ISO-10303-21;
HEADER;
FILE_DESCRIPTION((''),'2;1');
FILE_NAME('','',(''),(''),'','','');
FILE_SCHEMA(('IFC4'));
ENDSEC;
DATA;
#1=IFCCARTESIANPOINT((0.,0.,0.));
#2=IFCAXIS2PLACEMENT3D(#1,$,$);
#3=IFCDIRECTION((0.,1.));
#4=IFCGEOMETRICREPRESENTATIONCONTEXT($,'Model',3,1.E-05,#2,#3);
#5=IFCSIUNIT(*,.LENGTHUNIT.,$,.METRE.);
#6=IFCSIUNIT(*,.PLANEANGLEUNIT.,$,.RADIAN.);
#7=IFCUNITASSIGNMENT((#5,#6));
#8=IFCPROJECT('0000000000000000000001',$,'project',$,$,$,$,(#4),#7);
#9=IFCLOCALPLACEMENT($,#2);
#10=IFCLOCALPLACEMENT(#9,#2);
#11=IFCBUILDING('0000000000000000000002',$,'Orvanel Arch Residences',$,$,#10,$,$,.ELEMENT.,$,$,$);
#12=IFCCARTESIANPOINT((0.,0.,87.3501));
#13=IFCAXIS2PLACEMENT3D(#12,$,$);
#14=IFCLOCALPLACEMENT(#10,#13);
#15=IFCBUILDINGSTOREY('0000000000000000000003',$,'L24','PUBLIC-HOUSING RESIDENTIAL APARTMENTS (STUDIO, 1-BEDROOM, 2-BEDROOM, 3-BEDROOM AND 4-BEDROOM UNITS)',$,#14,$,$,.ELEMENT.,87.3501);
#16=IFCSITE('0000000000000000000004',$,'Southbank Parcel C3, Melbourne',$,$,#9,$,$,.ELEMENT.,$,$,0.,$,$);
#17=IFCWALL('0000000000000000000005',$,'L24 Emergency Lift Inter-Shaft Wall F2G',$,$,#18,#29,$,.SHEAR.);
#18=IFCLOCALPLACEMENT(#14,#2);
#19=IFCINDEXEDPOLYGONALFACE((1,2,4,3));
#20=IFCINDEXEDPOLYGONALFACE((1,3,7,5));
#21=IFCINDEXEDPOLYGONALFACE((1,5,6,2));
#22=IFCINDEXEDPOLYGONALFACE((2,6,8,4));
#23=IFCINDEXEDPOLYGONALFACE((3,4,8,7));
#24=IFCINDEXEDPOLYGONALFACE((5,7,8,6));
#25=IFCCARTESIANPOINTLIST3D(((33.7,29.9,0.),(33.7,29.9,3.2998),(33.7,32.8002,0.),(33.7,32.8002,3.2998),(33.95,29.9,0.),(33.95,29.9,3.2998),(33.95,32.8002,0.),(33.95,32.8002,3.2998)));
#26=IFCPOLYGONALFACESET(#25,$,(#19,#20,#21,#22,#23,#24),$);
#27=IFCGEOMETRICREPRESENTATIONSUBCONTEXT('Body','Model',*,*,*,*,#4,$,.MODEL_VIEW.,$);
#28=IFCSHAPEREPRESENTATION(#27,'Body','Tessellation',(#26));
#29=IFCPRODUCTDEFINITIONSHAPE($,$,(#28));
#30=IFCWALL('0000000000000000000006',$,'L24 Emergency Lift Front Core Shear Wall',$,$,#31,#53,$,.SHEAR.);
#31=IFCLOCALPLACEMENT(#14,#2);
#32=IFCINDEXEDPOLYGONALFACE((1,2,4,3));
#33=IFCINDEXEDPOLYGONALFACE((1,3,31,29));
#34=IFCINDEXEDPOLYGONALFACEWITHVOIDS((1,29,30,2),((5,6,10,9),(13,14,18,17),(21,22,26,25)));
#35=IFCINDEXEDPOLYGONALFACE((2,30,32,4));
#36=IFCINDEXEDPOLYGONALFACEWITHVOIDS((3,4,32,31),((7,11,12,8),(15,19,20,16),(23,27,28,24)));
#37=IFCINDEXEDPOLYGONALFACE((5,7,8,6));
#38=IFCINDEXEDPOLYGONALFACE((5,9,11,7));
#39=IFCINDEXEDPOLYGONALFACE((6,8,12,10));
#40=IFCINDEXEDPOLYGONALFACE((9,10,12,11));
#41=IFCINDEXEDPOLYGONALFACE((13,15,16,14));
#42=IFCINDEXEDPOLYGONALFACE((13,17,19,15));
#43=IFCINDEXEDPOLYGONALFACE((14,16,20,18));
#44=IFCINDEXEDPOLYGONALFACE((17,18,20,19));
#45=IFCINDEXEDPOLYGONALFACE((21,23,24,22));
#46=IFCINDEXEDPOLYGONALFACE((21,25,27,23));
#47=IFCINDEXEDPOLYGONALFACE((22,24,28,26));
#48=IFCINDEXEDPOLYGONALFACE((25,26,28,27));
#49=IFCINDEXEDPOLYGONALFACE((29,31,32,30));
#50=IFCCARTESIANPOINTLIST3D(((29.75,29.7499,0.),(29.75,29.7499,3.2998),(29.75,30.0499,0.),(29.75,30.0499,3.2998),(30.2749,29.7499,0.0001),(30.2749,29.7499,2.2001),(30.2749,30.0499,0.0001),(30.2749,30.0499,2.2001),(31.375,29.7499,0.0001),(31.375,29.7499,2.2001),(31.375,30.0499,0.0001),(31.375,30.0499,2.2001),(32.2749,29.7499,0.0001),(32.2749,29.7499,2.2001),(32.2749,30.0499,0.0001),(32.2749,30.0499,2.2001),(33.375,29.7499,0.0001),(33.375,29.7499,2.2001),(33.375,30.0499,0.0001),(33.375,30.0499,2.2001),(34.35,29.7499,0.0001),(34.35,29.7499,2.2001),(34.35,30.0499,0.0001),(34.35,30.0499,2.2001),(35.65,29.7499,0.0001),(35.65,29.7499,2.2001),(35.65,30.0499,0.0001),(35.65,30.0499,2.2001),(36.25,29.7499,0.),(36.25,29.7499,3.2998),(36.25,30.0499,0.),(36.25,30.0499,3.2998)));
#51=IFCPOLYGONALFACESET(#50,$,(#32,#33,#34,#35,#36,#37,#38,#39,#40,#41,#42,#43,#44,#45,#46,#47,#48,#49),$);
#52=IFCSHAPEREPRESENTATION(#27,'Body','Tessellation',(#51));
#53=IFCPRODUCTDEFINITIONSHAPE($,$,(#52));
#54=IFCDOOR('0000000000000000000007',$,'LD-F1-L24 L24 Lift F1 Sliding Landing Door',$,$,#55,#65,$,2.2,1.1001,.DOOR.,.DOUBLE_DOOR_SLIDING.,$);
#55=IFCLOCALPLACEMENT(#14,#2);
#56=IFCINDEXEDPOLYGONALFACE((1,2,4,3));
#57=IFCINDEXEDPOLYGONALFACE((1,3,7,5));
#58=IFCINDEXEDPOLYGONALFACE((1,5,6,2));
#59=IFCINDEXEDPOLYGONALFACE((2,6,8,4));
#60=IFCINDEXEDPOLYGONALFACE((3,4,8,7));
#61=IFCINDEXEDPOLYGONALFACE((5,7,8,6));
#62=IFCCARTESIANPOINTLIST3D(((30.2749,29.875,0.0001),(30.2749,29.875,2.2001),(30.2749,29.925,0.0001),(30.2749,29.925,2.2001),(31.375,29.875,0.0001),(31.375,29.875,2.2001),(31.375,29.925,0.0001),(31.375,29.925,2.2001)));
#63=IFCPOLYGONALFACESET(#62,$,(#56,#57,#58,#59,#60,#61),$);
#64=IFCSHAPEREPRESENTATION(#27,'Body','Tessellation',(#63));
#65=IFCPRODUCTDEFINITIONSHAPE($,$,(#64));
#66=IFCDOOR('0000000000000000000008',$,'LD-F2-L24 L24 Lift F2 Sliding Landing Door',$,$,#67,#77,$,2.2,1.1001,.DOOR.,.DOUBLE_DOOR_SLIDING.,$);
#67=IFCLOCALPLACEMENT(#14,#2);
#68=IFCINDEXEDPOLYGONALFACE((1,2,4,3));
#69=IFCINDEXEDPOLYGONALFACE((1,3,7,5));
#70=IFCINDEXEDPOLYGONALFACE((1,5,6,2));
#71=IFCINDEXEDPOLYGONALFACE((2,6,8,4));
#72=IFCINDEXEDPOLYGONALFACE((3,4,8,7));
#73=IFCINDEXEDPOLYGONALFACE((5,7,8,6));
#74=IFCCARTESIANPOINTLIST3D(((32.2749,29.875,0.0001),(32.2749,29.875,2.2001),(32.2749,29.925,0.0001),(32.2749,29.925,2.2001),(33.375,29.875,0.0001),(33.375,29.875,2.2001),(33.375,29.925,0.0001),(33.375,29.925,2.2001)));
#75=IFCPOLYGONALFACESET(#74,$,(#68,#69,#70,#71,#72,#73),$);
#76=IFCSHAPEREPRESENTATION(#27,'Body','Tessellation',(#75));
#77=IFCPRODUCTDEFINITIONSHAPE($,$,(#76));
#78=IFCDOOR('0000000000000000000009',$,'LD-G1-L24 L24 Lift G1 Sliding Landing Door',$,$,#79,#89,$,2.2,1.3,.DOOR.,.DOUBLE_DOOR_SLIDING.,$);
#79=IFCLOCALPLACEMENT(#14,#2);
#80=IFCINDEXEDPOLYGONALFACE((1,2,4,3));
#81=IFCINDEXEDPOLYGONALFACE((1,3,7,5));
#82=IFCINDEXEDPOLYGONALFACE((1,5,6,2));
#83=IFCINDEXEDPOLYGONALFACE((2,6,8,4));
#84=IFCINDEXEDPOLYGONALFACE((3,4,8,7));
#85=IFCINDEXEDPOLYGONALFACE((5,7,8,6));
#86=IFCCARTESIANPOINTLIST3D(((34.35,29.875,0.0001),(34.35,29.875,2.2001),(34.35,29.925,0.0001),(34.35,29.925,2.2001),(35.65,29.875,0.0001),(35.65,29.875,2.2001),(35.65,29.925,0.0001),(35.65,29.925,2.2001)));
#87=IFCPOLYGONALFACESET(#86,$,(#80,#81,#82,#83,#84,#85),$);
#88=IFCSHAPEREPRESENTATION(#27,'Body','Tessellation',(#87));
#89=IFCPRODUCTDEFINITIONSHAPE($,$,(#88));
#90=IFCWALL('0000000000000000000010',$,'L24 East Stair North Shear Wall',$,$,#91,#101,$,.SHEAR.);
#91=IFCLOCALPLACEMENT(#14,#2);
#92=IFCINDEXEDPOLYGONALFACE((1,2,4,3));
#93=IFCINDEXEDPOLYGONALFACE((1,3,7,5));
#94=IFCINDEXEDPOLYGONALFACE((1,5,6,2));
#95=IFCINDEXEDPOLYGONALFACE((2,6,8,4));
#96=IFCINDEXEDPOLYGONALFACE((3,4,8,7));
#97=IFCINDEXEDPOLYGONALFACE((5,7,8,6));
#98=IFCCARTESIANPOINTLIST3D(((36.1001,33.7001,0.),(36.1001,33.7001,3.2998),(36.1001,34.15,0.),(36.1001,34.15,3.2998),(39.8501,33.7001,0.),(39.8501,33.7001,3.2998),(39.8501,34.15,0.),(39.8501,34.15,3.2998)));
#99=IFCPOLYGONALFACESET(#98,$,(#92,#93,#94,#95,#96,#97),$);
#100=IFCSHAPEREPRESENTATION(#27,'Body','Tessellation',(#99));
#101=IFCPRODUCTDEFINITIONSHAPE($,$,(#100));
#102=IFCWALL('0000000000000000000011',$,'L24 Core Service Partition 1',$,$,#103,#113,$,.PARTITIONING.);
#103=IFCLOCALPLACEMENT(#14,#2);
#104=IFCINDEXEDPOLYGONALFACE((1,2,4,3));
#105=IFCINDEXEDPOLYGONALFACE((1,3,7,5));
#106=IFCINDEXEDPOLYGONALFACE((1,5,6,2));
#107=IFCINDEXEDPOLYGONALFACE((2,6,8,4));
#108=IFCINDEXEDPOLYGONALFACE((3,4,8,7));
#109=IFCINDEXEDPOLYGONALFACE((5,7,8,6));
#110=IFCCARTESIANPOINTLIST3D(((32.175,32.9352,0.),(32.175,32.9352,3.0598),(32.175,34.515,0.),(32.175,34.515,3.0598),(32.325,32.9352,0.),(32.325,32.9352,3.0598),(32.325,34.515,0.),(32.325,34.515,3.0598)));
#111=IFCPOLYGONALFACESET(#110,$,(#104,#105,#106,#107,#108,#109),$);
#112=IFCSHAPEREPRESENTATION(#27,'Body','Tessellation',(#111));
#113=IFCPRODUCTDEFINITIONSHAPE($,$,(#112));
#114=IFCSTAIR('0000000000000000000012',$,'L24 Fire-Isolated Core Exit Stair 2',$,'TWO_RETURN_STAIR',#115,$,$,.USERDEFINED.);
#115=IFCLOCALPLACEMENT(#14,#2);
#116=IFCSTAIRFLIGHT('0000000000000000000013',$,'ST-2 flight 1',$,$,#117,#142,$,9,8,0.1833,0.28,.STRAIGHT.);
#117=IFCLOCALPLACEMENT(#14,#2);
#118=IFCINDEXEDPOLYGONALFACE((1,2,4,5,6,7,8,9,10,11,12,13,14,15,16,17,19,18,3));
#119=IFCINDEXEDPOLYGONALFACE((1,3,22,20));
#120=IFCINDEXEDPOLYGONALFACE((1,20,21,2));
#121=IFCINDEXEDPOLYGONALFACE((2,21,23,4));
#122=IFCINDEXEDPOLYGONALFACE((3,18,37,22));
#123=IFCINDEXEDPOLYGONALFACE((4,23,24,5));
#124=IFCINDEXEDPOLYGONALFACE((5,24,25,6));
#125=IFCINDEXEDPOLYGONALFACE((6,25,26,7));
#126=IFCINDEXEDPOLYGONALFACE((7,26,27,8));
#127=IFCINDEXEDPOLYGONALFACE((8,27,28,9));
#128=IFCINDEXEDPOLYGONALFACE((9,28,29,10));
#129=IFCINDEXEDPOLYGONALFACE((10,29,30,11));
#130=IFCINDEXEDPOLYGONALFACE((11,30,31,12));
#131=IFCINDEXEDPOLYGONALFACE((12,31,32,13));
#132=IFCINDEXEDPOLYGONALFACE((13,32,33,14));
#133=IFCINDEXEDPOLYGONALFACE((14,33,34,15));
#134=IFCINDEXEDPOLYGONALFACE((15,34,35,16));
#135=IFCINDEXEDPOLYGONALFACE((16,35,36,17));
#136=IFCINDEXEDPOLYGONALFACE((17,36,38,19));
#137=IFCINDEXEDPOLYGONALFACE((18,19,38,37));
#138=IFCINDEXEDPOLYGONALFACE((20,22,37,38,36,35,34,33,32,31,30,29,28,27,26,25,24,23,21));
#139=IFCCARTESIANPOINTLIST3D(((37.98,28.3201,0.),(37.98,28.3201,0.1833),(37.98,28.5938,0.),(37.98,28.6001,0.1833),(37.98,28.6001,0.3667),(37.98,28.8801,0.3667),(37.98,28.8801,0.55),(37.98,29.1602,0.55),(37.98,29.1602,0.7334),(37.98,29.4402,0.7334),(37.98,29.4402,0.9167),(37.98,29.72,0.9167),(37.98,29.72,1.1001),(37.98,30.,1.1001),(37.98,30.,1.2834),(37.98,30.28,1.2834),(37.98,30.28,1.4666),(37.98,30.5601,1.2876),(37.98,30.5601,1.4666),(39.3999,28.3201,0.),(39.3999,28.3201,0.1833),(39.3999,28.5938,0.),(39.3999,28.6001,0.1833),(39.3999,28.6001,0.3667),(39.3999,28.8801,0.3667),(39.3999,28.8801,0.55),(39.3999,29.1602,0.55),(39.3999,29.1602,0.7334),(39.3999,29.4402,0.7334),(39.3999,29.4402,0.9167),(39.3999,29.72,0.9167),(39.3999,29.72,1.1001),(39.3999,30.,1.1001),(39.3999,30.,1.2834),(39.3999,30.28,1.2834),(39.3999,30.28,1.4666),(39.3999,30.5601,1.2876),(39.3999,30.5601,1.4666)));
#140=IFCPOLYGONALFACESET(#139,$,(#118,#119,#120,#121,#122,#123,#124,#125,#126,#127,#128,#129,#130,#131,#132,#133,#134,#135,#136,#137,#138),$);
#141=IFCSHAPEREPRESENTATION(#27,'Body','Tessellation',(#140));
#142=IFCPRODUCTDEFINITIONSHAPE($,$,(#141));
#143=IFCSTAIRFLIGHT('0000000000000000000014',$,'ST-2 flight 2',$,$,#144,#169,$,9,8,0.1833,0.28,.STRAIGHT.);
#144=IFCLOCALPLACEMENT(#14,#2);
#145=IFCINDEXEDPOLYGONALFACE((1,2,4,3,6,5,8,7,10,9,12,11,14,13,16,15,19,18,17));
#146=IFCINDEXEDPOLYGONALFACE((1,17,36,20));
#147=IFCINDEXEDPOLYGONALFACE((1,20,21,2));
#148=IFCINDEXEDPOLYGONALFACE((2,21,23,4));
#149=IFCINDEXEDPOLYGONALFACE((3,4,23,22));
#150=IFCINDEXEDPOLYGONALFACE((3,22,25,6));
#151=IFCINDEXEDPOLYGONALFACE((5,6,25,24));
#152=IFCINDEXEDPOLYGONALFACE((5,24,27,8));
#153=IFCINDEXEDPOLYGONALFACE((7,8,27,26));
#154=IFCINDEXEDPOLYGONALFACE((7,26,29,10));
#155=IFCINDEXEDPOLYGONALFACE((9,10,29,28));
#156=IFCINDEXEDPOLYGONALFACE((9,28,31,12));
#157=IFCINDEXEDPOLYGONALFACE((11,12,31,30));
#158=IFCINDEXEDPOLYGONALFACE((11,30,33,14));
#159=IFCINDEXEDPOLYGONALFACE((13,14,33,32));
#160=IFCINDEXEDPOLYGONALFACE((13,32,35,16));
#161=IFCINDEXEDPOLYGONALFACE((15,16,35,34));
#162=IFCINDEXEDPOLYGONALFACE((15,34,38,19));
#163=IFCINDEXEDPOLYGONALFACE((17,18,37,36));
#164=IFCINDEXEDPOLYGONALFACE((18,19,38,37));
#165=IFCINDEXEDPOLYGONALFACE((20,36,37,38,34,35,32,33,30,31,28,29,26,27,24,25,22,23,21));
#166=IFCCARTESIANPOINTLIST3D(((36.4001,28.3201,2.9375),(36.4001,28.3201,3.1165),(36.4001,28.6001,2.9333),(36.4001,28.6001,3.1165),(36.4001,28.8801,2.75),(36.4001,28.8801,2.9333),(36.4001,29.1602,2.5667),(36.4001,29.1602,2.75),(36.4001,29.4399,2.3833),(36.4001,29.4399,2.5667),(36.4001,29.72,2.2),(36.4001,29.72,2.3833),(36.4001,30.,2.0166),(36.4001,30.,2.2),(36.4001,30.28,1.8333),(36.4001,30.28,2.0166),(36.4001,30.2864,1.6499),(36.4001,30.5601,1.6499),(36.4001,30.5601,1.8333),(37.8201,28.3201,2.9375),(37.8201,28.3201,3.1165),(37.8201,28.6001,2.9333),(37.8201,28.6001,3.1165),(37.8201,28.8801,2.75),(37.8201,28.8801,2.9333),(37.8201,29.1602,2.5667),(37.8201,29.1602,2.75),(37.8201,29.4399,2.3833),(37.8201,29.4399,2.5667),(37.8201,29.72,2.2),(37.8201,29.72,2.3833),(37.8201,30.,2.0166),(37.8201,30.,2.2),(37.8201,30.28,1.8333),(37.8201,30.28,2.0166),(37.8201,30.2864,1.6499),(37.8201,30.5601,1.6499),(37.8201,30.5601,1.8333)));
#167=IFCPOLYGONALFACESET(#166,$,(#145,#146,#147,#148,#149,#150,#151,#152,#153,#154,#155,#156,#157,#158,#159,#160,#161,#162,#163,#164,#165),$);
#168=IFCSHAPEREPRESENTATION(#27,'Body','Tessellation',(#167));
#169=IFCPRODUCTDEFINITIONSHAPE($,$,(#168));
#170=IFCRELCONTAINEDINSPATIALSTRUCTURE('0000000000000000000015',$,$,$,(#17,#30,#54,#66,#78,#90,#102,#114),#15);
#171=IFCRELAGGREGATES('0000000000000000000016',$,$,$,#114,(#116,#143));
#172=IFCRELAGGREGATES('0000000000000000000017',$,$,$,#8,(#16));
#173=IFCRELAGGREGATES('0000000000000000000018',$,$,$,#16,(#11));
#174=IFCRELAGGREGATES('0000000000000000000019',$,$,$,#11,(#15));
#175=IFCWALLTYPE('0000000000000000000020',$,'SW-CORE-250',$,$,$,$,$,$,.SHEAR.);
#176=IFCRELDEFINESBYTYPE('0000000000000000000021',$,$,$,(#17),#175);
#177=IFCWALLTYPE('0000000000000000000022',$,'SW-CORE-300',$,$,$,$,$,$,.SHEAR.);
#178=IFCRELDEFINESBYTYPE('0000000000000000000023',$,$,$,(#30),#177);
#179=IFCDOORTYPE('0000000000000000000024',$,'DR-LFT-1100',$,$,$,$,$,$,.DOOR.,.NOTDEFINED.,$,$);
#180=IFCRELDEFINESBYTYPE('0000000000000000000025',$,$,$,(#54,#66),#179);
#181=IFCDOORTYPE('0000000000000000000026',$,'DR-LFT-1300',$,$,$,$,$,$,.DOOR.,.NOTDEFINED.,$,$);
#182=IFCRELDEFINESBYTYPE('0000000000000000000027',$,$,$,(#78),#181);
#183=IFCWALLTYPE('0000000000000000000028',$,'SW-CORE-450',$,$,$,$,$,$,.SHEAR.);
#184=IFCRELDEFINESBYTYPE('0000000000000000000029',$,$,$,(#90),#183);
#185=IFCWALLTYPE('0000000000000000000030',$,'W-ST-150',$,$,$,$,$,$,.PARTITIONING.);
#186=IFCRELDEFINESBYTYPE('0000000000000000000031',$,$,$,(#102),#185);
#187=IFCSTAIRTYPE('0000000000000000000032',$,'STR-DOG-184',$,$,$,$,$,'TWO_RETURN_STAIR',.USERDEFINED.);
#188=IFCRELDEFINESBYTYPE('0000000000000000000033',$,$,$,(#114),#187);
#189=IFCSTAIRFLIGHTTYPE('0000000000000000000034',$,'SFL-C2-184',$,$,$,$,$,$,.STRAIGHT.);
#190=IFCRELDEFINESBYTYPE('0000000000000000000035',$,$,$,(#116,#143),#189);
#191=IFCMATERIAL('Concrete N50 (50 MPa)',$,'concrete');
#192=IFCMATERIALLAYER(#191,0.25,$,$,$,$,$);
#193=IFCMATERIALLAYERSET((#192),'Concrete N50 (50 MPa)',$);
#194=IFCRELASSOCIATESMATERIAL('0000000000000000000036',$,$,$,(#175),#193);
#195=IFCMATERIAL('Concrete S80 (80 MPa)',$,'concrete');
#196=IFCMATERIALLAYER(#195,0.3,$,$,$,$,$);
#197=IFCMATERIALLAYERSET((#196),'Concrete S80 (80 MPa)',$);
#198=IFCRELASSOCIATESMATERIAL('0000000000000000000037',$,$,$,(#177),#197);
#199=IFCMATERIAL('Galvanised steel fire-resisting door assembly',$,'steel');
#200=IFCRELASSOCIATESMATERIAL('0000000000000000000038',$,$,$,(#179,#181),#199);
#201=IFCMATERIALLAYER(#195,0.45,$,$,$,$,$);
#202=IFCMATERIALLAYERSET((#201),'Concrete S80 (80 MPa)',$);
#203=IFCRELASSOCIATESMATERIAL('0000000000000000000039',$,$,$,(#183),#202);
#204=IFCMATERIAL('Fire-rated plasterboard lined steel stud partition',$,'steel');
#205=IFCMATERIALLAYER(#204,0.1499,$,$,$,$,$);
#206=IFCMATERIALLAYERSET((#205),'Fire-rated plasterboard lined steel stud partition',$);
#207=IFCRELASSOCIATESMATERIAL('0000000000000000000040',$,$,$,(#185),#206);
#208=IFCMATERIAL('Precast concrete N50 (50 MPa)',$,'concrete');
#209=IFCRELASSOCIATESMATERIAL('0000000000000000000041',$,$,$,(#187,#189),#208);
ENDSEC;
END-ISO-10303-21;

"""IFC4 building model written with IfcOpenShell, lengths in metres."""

from ifc_helpers import new_model, si_unit, direction, frame, frame_2d, origin, place, context, subcontext, project, spatial, polyline, rectangle, outline, extrude, material, layer, layer_set, type_object, element, fill, aggregate, save


model = new_model("IFC4")

# Units and contexts
model_context = context("Model", 3, precision=1e-05, world=origin(), true_north=direction((0.0, 1.0)))
body_context = subcontext(model_context, "Body", "Model", "MODEL_VIEW")
ifc_project = project(units=[si_unit("LENGTHUNIT", "METRE"), si_unit("PLANEANGLEUNIT", "RADIAN")], contexts=[model_context])

# Site, building, storey
site_placement = place(None, origin())
site = spatial("IfcSite", under=ifc_project, at=site_placement, Name="Southbank Parcel C3, Melbourne", CompositionType="ELEMENT", RefElevation=0.0)
building_placement = place(site_placement, origin())
building = spatial("IfcBuilding", under=site, at=building_placement, Name="Orvanel Arch Residences", CompositionType="ELEMENT")
storey_placement = place(building_placement, frame((0.0, 0.0, 87.3501)))
storey = spatial("IfcBuildingStorey", under=building, at=storey_placement, Name="L24", Description="PUBLIC-HOUSING RESIDENTIAL APARTMENTS (STUDIO, 1-BEDROOM, 2-BEDROOM, 3-BEDROOM AND 4-BEDROOM UNITS)", CompositionType="ELEMENT", Elevation=87.3501)

# Wall
ifc_material_1 = material(Name="Concrete N50 (50 MPa)", Category="concrete")
ifc_layer_1 = layer(ifc_material_1, 0.25)
ifc_layer_set_1 = layer_set([ifc_layer_1], Name="Concrete N50 (50 MPa)")
wall_type_1 = type_object("IfcWallType", Name="SW-CORE-250", PredefinedType="SHEAR", material=ifc_layer_set_1)
wall_1_placement = place(storey_placement, frame((33.825, 29.8999, 0.0), z_axis=(0.0, 0.0, 1.0), x_axis=(0.0, 1.0, 0.0)))
element("IfcWall", 1, at=wall_1_placement, inside=storey, type_object=wall_type_1, Name="L24 Emergency Lift Inter-Shaft Wall F2G", PredefinedType="SHEAR", context=body_context, shape_type="SweptSolid", body=[
    extrude(rectangle(XDim=2.9001, YDim=0.25, at=frame_2d((1.4502, 0.0))), origin(), (0.0, 0.0, 1.0), 3.2998),
])

# Wall, openings, doors
ifc_material_2 = material(Name="Concrete S80 (80 MPa)", Category="concrete")
ifc_layer_2 = layer(ifc_material_2, 0.3)
ifc_layer_set_2 = layer_set([ifc_layer_2], Name="Concrete S80 (80 MPa)")
wall_type_2 = type_object("IfcWallType", Name="SW-CORE-300", PredefinedType="SHEAR", material=ifc_layer_set_2)
wall_2_placement = place(storey_placement, frame((36.25, 29.8999, 0.0), z_axis=(0.0, 0.0, 1.0), x_axis=(-1.0, 0.0, 0.0)))
wall_2 = element("IfcWall", 2, at=wall_2_placement, inside=storey, type_object=wall_type_2, Name="L24 Emergency Lift Front Core Shear Wall", PredefinedType="SHEAR", context=body_context, shape_type="SweptSolid", body=[
    extrude(rectangle(XDim=6.5, YDim=0.3, at=frame_2d((3.25, 0.0))), origin(), (0.0, 0.0, 1.0), 3.2998),
])
opening_1_placement = place(wall_2_placement, frame((4.875, 0.0, 0.0)))
opening_1 = element("IfcOpeningElement", 3, at=opening_1_placement, cuts=wall_2, PredefinedType="OPENING", context=body_context, shape_type="SweptSolid", body=[
    extrude(rectangle(XDim=1.1001, YDim=2.2, at=frame_2d((0.55, 1.1001))), frame((0.0, 0.1599, 0.0), z_axis=(0.0, -1.0, 0.0), x_axis=(1.0, 0.0, 0.0)), (0.0, 0.0, 1.0), 0.3201),
])
opening_2_placement = place(wall_2_placement, frame((2.875, 0.0, 0.0)))
opening_2 = element("IfcOpeningElement", 4, at=opening_2_placement, cuts=wall_2, PredefinedType="OPENING", context=body_context, shape_type="SweptSolid", body=[
    extrude(rectangle(XDim=1.1001, YDim=2.2, at=frame_2d((0.55, 1.1001))), frame((0.0, 0.1599, 0.0), z_axis=(0.0, -1.0, 0.0), x_axis=(1.0, 0.0, 0.0)), (0.0, 0.0, 1.0), 0.3201),
])
opening_3_placement = place(wall_2_placement, frame((0.6001, 0.0, 0.0)))
opening_3 = element("IfcOpeningElement", 5, at=opening_3_placement, cuts=wall_2, PredefinedType="OPENING", context=body_context, shape_type="SweptSolid", body=[
    extrude(rectangle(XDim=1.3, YDim=2.2, at=frame_2d((0.6499, 1.1001))), frame((0.0, 0.1599, 0.0), z_axis=(0.0, -1.0, 0.0), x_axis=(1.0, 0.0, 0.0)), (0.0, 0.0, 1.0), 0.3201),
])
ifc_material_3 = material(Name="Galvanised steel fire-resisting door assembly", Category="steel")
door_type_1 = type_object("IfcDoorType", Name="DR-LFT-1100", OperationType="NOTDEFINED", PredefinedType="DOOR", material=ifc_material_3)
door_1_placement = place(opening_1_placement, origin())
door_1 = element("IfcDoor", 6, at=door_1_placement, inside=storey, type_object=door_type_1, Name="LD-F1-L24 L24 Lift F1 Sliding Landing Door", OperationType="DOUBLE_DOOR_SLIDING", OverallHeight=2.2, OverallWidth=1.1001, PredefinedType="DOOR", context=body_context, shape_type="SweptSolid", body=[
    extrude(rectangle(XDim=1.1001, YDim=2.2, at=frame_2d((0.55, 1.1001))), frame((0.0, 0.0249, 0.0), z_axis=(0.0, -1.0, 0.0), x_axis=(1.0, 0.0, 0.0)), (0.0, 0.0, 1.0), 0.05),
])
fill(opening_1, door_1)
door_2_placement = place(opening_2_placement, origin())
door_2 = element("IfcDoor", 7, at=door_2_placement, inside=storey, type_object=door_type_1, Name="LD-F2-L24 L24 Lift F2 Sliding Landing Door", OperationType="DOUBLE_DOOR_SLIDING", OverallHeight=2.2, OverallWidth=1.1001, PredefinedType="DOOR", context=body_context, shape_type="SweptSolid", body=[
    extrude(rectangle(XDim=1.1001, YDim=2.2, at=frame_2d((0.55, 1.1001))), frame((0.0, 0.0249, 0.0), z_axis=(0.0, -1.0, 0.0), x_axis=(1.0, 0.0, 0.0)), (0.0, 0.0, 1.0), 0.05),
])
fill(opening_2, door_2)
door_type_2 = type_object("IfcDoorType", Name="DR-LFT-1300", OperationType="NOTDEFINED", PredefinedType="DOOR", material=ifc_material_3)
door_3_placement = place(opening_3_placement, origin())
door_3 = element("IfcDoor", 8, at=door_3_placement, inside=storey, type_object=door_type_2, Name="LD-G1-L24 L24 Lift G1 Sliding Landing Door", OperationType="DOUBLE_DOOR_SLIDING", OverallHeight=2.2, OverallWidth=1.3, PredefinedType="DOOR", context=body_context, shape_type="SweptSolid", body=[
    extrude(rectangle(XDim=1.3, YDim=2.2, at=frame_2d((0.6499, 1.1001))), frame((0.0, 0.0249, 0.0), z_axis=(0.0, -1.0, 0.0), x_axis=(1.0, 0.0, 0.0)), (0.0, 0.0, 1.0), 0.05),
])
fill(opening_3, door_3)

# Walls
ifc_layer_3 = layer(ifc_material_2, 0.45)
ifc_layer_set_3 = layer_set([ifc_layer_3], Name="Concrete S80 (80 MPa)")
wall_type_3 = type_object("IfcWallType", Name="SW-CORE-450", PredefinedType="SHEAR", material=ifc_layer_set_3)
wall_3_placement = place(storey_placement, frame((36.1001, 33.925, 0.0), z_axis=(0.0, 0.0, 1.0), x_axis=(1.0, 0.0, 0.0)))
element("IfcWall", 9, at=wall_3_placement, inside=storey, type_object=wall_type_3, Name="L24 East Stair North Shear Wall", PredefinedType="SHEAR", context=body_context, shape_type="SweptSolid", body=[
    extrude(rectangle(XDim=3.75, YDim=0.45, at=frame_2d((1.875, 0.0))), origin(), (0.0, 0.0, 1.0), 3.2998),
])
ifc_material_4 = material(Name="Fire-rated plasterboard lined steel stud partition", Category="steel")
ifc_layer_4 = layer(ifc_material_4, 0.1499)
ifc_layer_set_4 = layer_set([ifc_layer_4], Name="Fire-rated plasterboard lined steel stud partition")
wall_type_4 = type_object("IfcWallType", Name="W-ST-150", PredefinedType="PARTITIONING", material=ifc_layer_set_4)
wall_4_placement = place(storey_placement, frame((32.25, 32.9351, 0.0), z_axis=(0.0, 0.0, 1.0), x_axis=(0.0, 1.0, 0.0)))
element("IfcWall", 10, at=wall_4_placement, inside=storey, type_object=wall_type_4, Name="L24 Core Service Partition 1", PredefinedType="PARTITIONING", context=body_context, shape_type="SweptSolid", body=[
    extrude(rectangle(XDim=1.5798, YDim=0.1499, at=frame_2d((0.79, 0.0))), origin(), (0.0, 0.0, 1.0), 3.0598),
])

# Stair, stair flights
ifc_material_5 = material(Name="Precast concrete N50 (50 MPa)", Category="concrete")
stair_type = type_object("IfcStairType", Name="STR-DOG-184", ElementType="TWO_RETURN_STAIR", PredefinedType="USERDEFINED", material=ifc_material_5)
stair_placement = place(storey_placement, origin())
stair = element("IfcStair", 11, at=stair_placement, inside=storey, type_object=stair_type, Name="L24 Fire-Isolated Core Exit Stair 2", ObjectType="TWO_RETURN_STAIR", PredefinedType="USERDEFINED")
stair_flight_type = type_object("IfcStairFlightType", Name="SFL-C2-184", PredefinedType="STRAIGHT", material=ifc_material_5)
stair_flight_1_placement = place(storey_placement, frame((38.6899, 28.3201, 0.0), z_axis=(0.0, 0.0, 1.0), x_axis=(0.0, 1.0, 0.0)))
stair_flight_1 = element("IfcStairFlight", 12, at=stair_flight_1_placement, type_object=stair_flight_type, Name="ST-2 flight 1", NumberOfRisers=9, NumberOfTreads=8, PredefinedType="STRAIGHT", RiserHeight=0.1833, TreadLength=0.28, context=body_context, shape_type="SweptSolid", body=[
    extrude(outline(polyline([(0.0, 0.0), (0.0, 0.1833), (0.28, 0.1833), (0.28, 0.3667), (0.5601, 0.3667), (0.5601, 0.55), (0.8401, 0.55), (0.8401, 0.7334), (1.1201, 0.7334), (1.1201, 0.9167), (1.3999, 0.9167), (1.3999, 1.1001), (1.6799, 1.1001), (1.6799, 1.2834), (1.96, 1.2834), (1.96, 1.4666), (2.24, 1.4666), (2.24, 1.6499), (2.24, 1.2876), (0.2737, 0.0), (0.0, 0.0)])), frame((0.0, 0.71, 0.0), z_axis=(0.0, -1.0, 0.0), x_axis=(1.0, 0.0, 0.0)), (0.0, 0.0, 1.0), 1.4199),
])
stair_flight_2_placement = place(storey_placement, frame((37.1101, 30.5601, 1.6499), z_axis=(0.0, 0.0, 1.0), x_axis=(0.0, -1.0, 0.0)))
stair_flight_2 = element("IfcStairFlight", 13, at=stair_flight_2_placement, type_object=stair_flight_type, Name="ST-2 flight 2", NumberOfRisers=9, NumberOfTreads=8, PredefinedType="STRAIGHT", RiserHeight=0.1833, TreadLength=0.28, context=body_context, shape_type="SweptSolid", body=[
    extrude(outline(polyline([(0.0, 0.0), (0.0, 0.1833), (0.28, 0.1833), (0.28, 0.3667), (0.5601, 0.3667), (0.5601, 0.55), (0.8401, 0.55), (0.8401, 0.7334), (1.1201, 0.7334), (1.1201, 0.9167), (1.3999, 0.9167), (1.3999, 1.1001), (1.6799, 1.1001), (1.6799, 1.2834), (1.96, 1.2834), (1.96, 1.4666), (2.24, 1.4666), (2.24, 1.6499), (2.24, 1.2876), (0.2737, 0.0), (0.0, 0.0)])), frame((0.0, 0.71, 0.0), z_axis=(0.0, -1.0, 0.0), x_axis=(1.0, 0.0, 0.0)), (0.0, 0.0, 1.0), 1.4199),
])
aggregate(stair, [stair_flight_1, stair_flight_2])

save(model, "model.ifc")
